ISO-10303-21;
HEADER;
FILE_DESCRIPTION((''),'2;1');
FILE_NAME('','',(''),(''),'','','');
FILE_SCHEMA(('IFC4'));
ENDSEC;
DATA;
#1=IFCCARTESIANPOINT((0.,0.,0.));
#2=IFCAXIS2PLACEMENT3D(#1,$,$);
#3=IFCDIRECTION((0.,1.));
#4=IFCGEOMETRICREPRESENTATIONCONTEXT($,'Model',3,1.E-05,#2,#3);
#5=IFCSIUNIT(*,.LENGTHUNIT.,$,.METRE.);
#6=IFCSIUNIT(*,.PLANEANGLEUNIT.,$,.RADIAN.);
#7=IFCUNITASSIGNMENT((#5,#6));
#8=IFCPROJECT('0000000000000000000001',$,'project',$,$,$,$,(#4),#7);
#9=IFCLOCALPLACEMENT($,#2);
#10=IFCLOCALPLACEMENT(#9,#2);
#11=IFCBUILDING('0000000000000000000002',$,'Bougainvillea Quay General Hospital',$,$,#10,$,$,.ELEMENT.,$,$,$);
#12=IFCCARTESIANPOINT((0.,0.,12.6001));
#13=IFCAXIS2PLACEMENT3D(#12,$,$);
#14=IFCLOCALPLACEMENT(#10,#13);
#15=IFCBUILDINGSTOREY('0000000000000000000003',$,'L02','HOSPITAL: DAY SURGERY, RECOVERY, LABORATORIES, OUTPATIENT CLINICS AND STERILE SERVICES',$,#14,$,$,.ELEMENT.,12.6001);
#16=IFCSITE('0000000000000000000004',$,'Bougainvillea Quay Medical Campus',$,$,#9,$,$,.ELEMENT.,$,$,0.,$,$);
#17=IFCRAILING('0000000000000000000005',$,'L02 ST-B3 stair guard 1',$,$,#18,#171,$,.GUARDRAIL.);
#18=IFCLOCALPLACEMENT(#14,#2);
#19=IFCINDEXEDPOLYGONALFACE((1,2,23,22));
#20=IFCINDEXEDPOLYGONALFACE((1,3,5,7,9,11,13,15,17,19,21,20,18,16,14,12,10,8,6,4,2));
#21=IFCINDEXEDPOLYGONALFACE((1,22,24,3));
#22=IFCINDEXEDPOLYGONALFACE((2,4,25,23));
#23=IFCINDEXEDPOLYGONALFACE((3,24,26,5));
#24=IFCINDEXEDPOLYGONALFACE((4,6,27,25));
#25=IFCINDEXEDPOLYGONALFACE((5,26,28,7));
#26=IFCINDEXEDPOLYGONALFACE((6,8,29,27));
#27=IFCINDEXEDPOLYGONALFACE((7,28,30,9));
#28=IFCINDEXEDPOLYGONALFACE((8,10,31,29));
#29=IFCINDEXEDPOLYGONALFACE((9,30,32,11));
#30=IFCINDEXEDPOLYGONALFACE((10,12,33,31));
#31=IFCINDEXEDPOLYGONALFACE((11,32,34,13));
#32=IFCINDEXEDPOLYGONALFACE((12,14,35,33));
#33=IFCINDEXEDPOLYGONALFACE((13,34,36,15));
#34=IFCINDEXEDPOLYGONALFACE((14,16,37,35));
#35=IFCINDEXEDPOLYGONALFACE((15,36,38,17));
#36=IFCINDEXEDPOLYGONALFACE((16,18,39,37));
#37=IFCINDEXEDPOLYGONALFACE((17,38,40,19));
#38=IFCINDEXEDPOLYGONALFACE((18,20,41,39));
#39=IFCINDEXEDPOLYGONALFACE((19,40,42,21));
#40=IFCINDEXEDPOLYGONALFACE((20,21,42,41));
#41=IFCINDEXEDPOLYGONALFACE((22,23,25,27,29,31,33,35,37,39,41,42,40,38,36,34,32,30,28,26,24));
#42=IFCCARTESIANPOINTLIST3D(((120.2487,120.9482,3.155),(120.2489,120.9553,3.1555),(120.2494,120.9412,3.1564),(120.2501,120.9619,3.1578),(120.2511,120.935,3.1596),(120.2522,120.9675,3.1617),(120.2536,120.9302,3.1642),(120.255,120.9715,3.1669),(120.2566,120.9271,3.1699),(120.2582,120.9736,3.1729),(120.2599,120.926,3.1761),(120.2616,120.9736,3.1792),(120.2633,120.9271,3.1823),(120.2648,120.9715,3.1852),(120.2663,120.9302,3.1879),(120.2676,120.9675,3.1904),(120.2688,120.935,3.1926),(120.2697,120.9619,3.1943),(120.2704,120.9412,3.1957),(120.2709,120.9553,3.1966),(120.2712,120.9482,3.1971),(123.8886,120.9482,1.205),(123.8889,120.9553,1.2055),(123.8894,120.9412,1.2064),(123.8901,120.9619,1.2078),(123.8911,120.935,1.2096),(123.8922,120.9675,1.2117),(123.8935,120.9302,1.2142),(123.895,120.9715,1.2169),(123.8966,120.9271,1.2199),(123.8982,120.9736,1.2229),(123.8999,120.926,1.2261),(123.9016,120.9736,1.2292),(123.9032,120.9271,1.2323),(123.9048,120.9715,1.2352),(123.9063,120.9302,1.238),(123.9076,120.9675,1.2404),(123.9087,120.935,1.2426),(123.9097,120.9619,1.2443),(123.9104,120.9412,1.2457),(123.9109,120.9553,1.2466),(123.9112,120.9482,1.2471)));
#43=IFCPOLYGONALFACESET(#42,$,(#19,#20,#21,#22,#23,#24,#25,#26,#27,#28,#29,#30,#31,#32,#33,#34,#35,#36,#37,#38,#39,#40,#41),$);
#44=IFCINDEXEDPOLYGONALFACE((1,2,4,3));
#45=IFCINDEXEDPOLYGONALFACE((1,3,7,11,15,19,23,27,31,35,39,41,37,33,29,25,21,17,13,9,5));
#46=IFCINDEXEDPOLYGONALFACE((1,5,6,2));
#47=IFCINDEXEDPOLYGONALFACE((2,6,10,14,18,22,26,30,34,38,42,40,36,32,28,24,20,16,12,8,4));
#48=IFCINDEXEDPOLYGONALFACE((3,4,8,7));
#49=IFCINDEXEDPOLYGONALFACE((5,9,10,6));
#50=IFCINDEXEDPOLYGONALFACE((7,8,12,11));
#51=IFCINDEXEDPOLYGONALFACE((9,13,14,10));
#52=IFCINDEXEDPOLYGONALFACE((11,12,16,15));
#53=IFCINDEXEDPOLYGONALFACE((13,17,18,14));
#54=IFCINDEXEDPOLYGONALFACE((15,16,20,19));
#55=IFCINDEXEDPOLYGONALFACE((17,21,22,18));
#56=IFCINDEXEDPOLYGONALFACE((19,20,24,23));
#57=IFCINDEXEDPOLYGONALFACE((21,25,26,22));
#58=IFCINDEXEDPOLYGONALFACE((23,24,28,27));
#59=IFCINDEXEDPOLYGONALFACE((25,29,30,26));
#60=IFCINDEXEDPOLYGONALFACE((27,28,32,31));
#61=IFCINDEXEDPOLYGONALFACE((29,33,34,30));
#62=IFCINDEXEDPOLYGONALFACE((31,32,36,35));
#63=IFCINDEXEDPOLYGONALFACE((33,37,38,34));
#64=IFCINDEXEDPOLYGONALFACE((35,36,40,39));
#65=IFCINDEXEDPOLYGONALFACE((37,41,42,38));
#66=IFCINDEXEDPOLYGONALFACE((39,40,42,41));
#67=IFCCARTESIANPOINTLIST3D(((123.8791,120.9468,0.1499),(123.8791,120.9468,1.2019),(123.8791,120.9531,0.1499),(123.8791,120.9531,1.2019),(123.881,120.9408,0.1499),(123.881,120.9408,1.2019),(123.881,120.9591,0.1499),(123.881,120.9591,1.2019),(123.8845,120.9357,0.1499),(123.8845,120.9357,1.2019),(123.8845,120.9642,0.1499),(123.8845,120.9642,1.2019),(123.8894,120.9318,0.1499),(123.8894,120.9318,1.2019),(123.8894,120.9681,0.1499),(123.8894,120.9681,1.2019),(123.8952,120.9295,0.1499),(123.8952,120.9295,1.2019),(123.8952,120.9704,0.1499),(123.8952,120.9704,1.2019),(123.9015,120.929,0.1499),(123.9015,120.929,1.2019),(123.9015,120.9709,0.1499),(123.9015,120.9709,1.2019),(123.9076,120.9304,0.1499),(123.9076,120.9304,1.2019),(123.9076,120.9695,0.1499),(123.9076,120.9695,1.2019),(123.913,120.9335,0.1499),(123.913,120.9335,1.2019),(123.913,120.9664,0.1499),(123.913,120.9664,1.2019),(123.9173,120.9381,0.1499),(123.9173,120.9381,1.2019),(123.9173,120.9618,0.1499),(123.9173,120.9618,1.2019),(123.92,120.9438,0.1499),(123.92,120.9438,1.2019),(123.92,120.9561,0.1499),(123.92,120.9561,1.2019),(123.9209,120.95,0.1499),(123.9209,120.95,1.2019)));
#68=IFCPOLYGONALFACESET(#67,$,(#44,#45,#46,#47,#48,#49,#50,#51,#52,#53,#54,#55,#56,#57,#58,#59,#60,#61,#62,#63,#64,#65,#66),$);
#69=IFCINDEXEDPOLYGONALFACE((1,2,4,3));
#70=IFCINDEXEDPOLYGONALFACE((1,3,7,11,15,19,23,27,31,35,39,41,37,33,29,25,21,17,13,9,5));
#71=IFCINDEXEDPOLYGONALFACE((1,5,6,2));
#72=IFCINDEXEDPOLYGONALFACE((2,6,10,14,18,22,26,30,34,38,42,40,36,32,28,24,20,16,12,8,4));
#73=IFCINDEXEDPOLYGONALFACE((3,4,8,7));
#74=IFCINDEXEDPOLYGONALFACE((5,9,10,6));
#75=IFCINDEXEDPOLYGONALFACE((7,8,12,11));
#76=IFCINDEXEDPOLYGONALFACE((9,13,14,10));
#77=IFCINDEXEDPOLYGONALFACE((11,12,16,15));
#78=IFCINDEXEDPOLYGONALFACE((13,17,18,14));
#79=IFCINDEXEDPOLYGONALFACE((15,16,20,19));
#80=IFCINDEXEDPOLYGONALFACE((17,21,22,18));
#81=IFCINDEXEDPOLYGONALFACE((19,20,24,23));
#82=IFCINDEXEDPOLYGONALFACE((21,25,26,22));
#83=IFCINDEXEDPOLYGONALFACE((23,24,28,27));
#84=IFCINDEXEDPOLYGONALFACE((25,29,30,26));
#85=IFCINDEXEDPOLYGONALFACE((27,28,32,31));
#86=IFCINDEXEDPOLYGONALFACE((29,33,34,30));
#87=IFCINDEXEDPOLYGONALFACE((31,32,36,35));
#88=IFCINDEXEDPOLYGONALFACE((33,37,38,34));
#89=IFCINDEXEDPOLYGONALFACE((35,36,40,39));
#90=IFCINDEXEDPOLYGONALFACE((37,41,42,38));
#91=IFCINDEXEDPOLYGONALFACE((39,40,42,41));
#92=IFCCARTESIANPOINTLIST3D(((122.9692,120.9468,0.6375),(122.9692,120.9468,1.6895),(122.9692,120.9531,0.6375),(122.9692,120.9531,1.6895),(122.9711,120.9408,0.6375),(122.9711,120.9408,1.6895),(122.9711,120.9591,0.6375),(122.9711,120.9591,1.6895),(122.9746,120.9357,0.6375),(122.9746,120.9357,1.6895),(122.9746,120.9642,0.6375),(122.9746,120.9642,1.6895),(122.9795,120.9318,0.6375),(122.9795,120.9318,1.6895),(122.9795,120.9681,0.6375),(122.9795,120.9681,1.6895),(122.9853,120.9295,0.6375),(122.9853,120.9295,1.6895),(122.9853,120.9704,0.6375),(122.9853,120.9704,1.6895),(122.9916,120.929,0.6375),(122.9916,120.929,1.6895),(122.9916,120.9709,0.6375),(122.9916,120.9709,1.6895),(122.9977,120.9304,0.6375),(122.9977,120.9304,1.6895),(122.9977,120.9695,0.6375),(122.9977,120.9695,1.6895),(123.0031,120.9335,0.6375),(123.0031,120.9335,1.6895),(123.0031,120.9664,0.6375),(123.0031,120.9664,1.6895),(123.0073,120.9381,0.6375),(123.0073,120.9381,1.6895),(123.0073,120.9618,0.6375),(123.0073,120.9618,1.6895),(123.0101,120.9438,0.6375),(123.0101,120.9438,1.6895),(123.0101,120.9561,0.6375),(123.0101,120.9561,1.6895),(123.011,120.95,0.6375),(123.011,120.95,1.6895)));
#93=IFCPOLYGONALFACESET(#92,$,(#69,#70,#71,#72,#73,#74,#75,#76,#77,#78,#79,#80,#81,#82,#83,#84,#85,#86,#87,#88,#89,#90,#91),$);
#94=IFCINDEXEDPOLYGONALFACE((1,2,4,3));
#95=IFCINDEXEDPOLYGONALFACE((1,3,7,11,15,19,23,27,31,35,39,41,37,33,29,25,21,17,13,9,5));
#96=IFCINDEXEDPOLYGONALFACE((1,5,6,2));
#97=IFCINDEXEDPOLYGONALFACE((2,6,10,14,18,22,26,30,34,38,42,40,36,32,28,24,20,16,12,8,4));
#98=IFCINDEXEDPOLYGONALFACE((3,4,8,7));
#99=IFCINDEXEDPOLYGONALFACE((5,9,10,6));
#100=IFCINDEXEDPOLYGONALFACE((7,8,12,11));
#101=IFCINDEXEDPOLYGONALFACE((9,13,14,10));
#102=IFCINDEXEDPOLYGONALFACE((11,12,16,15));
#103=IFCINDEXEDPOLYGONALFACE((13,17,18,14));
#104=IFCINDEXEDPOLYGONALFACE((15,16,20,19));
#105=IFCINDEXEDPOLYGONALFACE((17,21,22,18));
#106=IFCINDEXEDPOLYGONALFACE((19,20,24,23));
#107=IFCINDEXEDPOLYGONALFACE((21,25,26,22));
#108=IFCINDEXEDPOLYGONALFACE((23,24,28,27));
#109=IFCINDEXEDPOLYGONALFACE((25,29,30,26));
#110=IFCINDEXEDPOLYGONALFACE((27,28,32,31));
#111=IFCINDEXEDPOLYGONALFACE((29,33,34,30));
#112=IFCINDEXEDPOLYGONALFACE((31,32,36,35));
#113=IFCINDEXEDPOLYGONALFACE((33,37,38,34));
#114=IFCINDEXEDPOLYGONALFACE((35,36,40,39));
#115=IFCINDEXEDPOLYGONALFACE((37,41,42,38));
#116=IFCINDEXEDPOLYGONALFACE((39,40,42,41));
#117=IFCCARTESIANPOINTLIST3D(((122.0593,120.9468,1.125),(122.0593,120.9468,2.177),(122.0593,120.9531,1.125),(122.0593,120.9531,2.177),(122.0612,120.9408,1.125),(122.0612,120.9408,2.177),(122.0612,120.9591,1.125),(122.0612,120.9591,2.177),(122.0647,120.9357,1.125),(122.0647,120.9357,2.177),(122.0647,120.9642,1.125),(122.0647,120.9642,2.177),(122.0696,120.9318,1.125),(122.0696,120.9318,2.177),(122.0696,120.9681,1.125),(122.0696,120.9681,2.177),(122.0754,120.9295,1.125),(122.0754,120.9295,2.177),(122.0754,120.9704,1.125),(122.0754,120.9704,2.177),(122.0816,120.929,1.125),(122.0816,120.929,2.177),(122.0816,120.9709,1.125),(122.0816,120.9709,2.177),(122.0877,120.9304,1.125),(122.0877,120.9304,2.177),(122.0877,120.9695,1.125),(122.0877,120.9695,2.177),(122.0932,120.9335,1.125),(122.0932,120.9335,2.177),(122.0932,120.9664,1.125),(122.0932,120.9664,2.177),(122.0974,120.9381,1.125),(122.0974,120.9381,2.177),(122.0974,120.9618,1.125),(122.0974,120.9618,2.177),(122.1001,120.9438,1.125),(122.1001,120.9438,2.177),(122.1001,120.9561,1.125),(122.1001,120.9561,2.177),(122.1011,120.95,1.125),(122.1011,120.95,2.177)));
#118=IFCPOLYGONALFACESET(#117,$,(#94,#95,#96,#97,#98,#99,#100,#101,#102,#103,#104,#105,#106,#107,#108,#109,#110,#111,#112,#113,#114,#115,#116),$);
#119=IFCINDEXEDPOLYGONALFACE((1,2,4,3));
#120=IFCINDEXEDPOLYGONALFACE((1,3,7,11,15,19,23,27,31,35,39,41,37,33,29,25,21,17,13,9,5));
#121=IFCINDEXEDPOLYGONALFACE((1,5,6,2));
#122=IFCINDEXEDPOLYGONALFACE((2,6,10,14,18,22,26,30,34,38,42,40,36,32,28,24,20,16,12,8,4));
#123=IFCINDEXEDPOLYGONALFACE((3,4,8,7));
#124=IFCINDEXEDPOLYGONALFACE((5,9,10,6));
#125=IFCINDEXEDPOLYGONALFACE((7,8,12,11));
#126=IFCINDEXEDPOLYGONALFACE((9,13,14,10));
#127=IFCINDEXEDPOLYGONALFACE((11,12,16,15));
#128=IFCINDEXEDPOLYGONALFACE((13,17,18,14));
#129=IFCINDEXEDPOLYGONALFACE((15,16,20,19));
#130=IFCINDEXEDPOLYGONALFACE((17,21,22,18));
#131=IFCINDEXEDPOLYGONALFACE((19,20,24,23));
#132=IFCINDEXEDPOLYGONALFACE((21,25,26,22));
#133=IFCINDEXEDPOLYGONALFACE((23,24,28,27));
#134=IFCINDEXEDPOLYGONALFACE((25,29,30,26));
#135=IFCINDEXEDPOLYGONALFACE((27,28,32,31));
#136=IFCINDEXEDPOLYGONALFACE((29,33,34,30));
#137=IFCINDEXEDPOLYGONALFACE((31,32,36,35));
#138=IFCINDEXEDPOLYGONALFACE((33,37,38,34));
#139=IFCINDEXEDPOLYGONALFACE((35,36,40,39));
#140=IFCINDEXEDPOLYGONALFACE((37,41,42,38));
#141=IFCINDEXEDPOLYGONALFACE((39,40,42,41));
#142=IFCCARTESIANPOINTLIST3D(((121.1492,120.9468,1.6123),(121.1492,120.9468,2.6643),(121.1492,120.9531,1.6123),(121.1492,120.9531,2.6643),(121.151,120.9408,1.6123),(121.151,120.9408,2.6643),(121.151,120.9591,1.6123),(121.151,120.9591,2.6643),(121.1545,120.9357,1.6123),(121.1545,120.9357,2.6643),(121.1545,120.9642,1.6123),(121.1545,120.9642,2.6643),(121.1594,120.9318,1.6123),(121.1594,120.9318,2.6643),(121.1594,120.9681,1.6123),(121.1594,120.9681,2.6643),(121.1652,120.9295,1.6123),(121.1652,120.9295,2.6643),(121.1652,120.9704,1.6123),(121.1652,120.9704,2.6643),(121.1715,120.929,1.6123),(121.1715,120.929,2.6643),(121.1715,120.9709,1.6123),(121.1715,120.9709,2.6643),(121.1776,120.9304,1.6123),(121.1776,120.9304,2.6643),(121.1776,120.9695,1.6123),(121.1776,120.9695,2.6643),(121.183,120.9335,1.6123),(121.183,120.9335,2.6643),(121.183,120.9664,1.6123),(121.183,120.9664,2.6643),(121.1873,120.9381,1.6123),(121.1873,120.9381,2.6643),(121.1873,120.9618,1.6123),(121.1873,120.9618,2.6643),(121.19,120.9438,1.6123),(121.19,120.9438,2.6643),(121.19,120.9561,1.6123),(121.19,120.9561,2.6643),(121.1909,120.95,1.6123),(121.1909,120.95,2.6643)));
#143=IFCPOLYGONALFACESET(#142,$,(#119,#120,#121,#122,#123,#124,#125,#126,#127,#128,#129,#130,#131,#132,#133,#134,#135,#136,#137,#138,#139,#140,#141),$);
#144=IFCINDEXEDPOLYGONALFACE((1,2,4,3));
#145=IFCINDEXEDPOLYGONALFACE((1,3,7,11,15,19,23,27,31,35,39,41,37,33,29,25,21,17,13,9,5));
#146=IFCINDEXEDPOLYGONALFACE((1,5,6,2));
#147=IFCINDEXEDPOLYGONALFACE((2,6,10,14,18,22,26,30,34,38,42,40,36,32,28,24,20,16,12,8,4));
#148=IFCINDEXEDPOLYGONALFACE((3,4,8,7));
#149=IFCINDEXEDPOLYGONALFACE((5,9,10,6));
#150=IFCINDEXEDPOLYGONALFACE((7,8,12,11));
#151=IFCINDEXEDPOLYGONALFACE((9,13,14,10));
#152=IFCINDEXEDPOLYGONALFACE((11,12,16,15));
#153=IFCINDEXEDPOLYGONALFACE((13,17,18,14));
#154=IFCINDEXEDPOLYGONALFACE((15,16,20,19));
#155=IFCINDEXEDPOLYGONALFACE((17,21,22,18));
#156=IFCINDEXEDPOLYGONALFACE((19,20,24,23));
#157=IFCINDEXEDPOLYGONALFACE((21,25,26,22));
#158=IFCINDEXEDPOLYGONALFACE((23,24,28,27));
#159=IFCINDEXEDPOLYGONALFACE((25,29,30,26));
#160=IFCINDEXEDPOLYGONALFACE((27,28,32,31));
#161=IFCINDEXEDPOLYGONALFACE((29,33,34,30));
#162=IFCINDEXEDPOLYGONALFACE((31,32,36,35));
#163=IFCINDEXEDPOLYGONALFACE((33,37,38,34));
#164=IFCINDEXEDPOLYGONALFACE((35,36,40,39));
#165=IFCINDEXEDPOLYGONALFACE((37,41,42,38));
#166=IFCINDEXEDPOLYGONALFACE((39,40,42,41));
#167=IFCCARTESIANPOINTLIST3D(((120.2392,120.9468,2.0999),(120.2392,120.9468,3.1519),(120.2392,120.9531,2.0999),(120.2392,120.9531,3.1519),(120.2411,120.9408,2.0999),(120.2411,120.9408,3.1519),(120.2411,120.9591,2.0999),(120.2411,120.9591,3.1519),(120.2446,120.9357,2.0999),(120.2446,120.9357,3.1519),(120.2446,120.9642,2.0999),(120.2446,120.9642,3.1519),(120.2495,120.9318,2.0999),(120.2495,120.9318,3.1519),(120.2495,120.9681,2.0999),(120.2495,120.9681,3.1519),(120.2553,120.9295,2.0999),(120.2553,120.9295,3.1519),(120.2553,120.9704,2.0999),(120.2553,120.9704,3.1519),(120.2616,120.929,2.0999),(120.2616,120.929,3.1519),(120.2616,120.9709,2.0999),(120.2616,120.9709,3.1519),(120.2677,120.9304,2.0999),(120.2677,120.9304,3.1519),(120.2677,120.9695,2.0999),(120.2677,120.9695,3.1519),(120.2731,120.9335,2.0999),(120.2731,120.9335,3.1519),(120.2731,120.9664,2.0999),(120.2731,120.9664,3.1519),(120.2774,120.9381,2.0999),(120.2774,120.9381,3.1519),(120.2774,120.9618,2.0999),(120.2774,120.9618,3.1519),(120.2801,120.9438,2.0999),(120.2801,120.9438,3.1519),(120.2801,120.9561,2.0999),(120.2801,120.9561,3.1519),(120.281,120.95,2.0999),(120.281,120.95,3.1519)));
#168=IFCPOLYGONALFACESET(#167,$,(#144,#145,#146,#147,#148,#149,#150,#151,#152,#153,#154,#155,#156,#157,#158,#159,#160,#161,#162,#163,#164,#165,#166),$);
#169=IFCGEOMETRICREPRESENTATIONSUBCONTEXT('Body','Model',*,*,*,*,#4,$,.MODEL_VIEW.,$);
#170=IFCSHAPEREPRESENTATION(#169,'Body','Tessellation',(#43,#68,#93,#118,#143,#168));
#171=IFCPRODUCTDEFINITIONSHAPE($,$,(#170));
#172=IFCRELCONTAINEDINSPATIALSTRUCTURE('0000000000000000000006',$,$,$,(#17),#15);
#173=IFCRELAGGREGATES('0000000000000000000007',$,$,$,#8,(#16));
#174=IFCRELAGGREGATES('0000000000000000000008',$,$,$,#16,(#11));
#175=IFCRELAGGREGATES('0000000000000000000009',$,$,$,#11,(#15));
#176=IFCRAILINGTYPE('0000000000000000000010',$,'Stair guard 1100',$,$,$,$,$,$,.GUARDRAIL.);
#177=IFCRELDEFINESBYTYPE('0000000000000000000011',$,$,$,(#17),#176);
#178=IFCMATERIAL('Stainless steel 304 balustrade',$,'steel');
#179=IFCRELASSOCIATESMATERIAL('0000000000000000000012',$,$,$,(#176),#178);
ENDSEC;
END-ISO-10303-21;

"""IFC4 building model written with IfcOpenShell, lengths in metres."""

from ifc_helpers import new_model, si_unit, direction, frame, origin, origin_2d, place, context, subcontext, project, spatial, circle, extrude, material, type_object, element, save


model = new_model("IFC4")

# Units and contexts
model_context = context("Model", 3, precision=1e-05, world=origin(), true_north=direction((0.0, 1.0)))
body_context = subcontext(model_context, "Body", "Model", "MODEL_VIEW")
ifc_project = project(units=[si_unit("LENGTHUNIT", "METRE"), si_unit("PLANEANGLEUNIT", "RADIAN")], contexts=[model_context])

# Site, building, storey
site_placement = place(None, origin())
site = spatial("IfcSite", under=ifc_project, at=site_placement, Name="Bougainvillea Quay Medical Campus", CompositionType="ELEMENT", RefElevation=0.0)
building_placement = place(site_placement, origin())
building = spatial("IfcBuilding", under=site, at=building_placement, Name="Bougainvillea Quay General Hospital", CompositionType="ELEMENT")
storey_placement = place(building_placement, frame((0.0, 0.0, 12.6001)))
storey = spatial("IfcBuildingStorey", under=building, at=storey_placement, Name="L02", Description="HOSPITAL: DAY SURGERY, RECOVERY, LABORATORIES, OUTPATIENT CLINICS AND STERILE SERVICES", CompositionType="ELEMENT", Elevation=12.6001)

# Railing
ifc_material_1 = material(Name="Stainless steel 304 balustrade", Category="steel")
railing_type_1 = type_object("IfcRailingType", Name="Stair guard 1100", PredefinedType="GUARDRAIL", material=ifc_material_1)
railing_1_placement = place(storey_placement, frame((123.8999, 120.95, 0.1499)))
element("IfcRailing", 1, at=railing_1_placement, inside=storey, type_object=railing_type_1, Name="L02 ST-B3 stair guard 1", PredefinedType="GUARDRAIL", context=body_context, shape_type="SweptSolid", body=[
    extrude(circle(Radius=0.0239, at=origin_2d()), frame((0.0, 0.0, 1.0762), z_axis=(-0.881479, 0.0, 0.472223), x_axis=(0.0, -1.0, 0.0)), (0.0, 0.0, 1.0), 4.1294),
    extrude(circle(Radius=0.021, at=origin_2d()), origin(), (0.0, 0.0, 1.0), 1.052),
    extrude(circle(Radius=0.021, at=origin_2d()), frame((-0.9099, 0.0, 0.4875)), (0.0, 0.0, 1.0), 1.052),
    extrude(circle(Radius=0.021, at=origin_2d()), frame((-1.8198, 0.0, 0.9751)), (0.0, 0.0, 1.0), 1.052),
    extrude(circle(Radius=0.021, at=origin_2d()), frame((-2.73, 0.0, 1.4624)), (0.0, 0.0, 1.0), 1.052),
    extrude(circle(Radius=0.021, at=origin_2d()), frame((-3.6399, 0.0, 1.95)), (0.0, 0.0, 1.0), 1.052),
])

save(model, "model.ifc")
